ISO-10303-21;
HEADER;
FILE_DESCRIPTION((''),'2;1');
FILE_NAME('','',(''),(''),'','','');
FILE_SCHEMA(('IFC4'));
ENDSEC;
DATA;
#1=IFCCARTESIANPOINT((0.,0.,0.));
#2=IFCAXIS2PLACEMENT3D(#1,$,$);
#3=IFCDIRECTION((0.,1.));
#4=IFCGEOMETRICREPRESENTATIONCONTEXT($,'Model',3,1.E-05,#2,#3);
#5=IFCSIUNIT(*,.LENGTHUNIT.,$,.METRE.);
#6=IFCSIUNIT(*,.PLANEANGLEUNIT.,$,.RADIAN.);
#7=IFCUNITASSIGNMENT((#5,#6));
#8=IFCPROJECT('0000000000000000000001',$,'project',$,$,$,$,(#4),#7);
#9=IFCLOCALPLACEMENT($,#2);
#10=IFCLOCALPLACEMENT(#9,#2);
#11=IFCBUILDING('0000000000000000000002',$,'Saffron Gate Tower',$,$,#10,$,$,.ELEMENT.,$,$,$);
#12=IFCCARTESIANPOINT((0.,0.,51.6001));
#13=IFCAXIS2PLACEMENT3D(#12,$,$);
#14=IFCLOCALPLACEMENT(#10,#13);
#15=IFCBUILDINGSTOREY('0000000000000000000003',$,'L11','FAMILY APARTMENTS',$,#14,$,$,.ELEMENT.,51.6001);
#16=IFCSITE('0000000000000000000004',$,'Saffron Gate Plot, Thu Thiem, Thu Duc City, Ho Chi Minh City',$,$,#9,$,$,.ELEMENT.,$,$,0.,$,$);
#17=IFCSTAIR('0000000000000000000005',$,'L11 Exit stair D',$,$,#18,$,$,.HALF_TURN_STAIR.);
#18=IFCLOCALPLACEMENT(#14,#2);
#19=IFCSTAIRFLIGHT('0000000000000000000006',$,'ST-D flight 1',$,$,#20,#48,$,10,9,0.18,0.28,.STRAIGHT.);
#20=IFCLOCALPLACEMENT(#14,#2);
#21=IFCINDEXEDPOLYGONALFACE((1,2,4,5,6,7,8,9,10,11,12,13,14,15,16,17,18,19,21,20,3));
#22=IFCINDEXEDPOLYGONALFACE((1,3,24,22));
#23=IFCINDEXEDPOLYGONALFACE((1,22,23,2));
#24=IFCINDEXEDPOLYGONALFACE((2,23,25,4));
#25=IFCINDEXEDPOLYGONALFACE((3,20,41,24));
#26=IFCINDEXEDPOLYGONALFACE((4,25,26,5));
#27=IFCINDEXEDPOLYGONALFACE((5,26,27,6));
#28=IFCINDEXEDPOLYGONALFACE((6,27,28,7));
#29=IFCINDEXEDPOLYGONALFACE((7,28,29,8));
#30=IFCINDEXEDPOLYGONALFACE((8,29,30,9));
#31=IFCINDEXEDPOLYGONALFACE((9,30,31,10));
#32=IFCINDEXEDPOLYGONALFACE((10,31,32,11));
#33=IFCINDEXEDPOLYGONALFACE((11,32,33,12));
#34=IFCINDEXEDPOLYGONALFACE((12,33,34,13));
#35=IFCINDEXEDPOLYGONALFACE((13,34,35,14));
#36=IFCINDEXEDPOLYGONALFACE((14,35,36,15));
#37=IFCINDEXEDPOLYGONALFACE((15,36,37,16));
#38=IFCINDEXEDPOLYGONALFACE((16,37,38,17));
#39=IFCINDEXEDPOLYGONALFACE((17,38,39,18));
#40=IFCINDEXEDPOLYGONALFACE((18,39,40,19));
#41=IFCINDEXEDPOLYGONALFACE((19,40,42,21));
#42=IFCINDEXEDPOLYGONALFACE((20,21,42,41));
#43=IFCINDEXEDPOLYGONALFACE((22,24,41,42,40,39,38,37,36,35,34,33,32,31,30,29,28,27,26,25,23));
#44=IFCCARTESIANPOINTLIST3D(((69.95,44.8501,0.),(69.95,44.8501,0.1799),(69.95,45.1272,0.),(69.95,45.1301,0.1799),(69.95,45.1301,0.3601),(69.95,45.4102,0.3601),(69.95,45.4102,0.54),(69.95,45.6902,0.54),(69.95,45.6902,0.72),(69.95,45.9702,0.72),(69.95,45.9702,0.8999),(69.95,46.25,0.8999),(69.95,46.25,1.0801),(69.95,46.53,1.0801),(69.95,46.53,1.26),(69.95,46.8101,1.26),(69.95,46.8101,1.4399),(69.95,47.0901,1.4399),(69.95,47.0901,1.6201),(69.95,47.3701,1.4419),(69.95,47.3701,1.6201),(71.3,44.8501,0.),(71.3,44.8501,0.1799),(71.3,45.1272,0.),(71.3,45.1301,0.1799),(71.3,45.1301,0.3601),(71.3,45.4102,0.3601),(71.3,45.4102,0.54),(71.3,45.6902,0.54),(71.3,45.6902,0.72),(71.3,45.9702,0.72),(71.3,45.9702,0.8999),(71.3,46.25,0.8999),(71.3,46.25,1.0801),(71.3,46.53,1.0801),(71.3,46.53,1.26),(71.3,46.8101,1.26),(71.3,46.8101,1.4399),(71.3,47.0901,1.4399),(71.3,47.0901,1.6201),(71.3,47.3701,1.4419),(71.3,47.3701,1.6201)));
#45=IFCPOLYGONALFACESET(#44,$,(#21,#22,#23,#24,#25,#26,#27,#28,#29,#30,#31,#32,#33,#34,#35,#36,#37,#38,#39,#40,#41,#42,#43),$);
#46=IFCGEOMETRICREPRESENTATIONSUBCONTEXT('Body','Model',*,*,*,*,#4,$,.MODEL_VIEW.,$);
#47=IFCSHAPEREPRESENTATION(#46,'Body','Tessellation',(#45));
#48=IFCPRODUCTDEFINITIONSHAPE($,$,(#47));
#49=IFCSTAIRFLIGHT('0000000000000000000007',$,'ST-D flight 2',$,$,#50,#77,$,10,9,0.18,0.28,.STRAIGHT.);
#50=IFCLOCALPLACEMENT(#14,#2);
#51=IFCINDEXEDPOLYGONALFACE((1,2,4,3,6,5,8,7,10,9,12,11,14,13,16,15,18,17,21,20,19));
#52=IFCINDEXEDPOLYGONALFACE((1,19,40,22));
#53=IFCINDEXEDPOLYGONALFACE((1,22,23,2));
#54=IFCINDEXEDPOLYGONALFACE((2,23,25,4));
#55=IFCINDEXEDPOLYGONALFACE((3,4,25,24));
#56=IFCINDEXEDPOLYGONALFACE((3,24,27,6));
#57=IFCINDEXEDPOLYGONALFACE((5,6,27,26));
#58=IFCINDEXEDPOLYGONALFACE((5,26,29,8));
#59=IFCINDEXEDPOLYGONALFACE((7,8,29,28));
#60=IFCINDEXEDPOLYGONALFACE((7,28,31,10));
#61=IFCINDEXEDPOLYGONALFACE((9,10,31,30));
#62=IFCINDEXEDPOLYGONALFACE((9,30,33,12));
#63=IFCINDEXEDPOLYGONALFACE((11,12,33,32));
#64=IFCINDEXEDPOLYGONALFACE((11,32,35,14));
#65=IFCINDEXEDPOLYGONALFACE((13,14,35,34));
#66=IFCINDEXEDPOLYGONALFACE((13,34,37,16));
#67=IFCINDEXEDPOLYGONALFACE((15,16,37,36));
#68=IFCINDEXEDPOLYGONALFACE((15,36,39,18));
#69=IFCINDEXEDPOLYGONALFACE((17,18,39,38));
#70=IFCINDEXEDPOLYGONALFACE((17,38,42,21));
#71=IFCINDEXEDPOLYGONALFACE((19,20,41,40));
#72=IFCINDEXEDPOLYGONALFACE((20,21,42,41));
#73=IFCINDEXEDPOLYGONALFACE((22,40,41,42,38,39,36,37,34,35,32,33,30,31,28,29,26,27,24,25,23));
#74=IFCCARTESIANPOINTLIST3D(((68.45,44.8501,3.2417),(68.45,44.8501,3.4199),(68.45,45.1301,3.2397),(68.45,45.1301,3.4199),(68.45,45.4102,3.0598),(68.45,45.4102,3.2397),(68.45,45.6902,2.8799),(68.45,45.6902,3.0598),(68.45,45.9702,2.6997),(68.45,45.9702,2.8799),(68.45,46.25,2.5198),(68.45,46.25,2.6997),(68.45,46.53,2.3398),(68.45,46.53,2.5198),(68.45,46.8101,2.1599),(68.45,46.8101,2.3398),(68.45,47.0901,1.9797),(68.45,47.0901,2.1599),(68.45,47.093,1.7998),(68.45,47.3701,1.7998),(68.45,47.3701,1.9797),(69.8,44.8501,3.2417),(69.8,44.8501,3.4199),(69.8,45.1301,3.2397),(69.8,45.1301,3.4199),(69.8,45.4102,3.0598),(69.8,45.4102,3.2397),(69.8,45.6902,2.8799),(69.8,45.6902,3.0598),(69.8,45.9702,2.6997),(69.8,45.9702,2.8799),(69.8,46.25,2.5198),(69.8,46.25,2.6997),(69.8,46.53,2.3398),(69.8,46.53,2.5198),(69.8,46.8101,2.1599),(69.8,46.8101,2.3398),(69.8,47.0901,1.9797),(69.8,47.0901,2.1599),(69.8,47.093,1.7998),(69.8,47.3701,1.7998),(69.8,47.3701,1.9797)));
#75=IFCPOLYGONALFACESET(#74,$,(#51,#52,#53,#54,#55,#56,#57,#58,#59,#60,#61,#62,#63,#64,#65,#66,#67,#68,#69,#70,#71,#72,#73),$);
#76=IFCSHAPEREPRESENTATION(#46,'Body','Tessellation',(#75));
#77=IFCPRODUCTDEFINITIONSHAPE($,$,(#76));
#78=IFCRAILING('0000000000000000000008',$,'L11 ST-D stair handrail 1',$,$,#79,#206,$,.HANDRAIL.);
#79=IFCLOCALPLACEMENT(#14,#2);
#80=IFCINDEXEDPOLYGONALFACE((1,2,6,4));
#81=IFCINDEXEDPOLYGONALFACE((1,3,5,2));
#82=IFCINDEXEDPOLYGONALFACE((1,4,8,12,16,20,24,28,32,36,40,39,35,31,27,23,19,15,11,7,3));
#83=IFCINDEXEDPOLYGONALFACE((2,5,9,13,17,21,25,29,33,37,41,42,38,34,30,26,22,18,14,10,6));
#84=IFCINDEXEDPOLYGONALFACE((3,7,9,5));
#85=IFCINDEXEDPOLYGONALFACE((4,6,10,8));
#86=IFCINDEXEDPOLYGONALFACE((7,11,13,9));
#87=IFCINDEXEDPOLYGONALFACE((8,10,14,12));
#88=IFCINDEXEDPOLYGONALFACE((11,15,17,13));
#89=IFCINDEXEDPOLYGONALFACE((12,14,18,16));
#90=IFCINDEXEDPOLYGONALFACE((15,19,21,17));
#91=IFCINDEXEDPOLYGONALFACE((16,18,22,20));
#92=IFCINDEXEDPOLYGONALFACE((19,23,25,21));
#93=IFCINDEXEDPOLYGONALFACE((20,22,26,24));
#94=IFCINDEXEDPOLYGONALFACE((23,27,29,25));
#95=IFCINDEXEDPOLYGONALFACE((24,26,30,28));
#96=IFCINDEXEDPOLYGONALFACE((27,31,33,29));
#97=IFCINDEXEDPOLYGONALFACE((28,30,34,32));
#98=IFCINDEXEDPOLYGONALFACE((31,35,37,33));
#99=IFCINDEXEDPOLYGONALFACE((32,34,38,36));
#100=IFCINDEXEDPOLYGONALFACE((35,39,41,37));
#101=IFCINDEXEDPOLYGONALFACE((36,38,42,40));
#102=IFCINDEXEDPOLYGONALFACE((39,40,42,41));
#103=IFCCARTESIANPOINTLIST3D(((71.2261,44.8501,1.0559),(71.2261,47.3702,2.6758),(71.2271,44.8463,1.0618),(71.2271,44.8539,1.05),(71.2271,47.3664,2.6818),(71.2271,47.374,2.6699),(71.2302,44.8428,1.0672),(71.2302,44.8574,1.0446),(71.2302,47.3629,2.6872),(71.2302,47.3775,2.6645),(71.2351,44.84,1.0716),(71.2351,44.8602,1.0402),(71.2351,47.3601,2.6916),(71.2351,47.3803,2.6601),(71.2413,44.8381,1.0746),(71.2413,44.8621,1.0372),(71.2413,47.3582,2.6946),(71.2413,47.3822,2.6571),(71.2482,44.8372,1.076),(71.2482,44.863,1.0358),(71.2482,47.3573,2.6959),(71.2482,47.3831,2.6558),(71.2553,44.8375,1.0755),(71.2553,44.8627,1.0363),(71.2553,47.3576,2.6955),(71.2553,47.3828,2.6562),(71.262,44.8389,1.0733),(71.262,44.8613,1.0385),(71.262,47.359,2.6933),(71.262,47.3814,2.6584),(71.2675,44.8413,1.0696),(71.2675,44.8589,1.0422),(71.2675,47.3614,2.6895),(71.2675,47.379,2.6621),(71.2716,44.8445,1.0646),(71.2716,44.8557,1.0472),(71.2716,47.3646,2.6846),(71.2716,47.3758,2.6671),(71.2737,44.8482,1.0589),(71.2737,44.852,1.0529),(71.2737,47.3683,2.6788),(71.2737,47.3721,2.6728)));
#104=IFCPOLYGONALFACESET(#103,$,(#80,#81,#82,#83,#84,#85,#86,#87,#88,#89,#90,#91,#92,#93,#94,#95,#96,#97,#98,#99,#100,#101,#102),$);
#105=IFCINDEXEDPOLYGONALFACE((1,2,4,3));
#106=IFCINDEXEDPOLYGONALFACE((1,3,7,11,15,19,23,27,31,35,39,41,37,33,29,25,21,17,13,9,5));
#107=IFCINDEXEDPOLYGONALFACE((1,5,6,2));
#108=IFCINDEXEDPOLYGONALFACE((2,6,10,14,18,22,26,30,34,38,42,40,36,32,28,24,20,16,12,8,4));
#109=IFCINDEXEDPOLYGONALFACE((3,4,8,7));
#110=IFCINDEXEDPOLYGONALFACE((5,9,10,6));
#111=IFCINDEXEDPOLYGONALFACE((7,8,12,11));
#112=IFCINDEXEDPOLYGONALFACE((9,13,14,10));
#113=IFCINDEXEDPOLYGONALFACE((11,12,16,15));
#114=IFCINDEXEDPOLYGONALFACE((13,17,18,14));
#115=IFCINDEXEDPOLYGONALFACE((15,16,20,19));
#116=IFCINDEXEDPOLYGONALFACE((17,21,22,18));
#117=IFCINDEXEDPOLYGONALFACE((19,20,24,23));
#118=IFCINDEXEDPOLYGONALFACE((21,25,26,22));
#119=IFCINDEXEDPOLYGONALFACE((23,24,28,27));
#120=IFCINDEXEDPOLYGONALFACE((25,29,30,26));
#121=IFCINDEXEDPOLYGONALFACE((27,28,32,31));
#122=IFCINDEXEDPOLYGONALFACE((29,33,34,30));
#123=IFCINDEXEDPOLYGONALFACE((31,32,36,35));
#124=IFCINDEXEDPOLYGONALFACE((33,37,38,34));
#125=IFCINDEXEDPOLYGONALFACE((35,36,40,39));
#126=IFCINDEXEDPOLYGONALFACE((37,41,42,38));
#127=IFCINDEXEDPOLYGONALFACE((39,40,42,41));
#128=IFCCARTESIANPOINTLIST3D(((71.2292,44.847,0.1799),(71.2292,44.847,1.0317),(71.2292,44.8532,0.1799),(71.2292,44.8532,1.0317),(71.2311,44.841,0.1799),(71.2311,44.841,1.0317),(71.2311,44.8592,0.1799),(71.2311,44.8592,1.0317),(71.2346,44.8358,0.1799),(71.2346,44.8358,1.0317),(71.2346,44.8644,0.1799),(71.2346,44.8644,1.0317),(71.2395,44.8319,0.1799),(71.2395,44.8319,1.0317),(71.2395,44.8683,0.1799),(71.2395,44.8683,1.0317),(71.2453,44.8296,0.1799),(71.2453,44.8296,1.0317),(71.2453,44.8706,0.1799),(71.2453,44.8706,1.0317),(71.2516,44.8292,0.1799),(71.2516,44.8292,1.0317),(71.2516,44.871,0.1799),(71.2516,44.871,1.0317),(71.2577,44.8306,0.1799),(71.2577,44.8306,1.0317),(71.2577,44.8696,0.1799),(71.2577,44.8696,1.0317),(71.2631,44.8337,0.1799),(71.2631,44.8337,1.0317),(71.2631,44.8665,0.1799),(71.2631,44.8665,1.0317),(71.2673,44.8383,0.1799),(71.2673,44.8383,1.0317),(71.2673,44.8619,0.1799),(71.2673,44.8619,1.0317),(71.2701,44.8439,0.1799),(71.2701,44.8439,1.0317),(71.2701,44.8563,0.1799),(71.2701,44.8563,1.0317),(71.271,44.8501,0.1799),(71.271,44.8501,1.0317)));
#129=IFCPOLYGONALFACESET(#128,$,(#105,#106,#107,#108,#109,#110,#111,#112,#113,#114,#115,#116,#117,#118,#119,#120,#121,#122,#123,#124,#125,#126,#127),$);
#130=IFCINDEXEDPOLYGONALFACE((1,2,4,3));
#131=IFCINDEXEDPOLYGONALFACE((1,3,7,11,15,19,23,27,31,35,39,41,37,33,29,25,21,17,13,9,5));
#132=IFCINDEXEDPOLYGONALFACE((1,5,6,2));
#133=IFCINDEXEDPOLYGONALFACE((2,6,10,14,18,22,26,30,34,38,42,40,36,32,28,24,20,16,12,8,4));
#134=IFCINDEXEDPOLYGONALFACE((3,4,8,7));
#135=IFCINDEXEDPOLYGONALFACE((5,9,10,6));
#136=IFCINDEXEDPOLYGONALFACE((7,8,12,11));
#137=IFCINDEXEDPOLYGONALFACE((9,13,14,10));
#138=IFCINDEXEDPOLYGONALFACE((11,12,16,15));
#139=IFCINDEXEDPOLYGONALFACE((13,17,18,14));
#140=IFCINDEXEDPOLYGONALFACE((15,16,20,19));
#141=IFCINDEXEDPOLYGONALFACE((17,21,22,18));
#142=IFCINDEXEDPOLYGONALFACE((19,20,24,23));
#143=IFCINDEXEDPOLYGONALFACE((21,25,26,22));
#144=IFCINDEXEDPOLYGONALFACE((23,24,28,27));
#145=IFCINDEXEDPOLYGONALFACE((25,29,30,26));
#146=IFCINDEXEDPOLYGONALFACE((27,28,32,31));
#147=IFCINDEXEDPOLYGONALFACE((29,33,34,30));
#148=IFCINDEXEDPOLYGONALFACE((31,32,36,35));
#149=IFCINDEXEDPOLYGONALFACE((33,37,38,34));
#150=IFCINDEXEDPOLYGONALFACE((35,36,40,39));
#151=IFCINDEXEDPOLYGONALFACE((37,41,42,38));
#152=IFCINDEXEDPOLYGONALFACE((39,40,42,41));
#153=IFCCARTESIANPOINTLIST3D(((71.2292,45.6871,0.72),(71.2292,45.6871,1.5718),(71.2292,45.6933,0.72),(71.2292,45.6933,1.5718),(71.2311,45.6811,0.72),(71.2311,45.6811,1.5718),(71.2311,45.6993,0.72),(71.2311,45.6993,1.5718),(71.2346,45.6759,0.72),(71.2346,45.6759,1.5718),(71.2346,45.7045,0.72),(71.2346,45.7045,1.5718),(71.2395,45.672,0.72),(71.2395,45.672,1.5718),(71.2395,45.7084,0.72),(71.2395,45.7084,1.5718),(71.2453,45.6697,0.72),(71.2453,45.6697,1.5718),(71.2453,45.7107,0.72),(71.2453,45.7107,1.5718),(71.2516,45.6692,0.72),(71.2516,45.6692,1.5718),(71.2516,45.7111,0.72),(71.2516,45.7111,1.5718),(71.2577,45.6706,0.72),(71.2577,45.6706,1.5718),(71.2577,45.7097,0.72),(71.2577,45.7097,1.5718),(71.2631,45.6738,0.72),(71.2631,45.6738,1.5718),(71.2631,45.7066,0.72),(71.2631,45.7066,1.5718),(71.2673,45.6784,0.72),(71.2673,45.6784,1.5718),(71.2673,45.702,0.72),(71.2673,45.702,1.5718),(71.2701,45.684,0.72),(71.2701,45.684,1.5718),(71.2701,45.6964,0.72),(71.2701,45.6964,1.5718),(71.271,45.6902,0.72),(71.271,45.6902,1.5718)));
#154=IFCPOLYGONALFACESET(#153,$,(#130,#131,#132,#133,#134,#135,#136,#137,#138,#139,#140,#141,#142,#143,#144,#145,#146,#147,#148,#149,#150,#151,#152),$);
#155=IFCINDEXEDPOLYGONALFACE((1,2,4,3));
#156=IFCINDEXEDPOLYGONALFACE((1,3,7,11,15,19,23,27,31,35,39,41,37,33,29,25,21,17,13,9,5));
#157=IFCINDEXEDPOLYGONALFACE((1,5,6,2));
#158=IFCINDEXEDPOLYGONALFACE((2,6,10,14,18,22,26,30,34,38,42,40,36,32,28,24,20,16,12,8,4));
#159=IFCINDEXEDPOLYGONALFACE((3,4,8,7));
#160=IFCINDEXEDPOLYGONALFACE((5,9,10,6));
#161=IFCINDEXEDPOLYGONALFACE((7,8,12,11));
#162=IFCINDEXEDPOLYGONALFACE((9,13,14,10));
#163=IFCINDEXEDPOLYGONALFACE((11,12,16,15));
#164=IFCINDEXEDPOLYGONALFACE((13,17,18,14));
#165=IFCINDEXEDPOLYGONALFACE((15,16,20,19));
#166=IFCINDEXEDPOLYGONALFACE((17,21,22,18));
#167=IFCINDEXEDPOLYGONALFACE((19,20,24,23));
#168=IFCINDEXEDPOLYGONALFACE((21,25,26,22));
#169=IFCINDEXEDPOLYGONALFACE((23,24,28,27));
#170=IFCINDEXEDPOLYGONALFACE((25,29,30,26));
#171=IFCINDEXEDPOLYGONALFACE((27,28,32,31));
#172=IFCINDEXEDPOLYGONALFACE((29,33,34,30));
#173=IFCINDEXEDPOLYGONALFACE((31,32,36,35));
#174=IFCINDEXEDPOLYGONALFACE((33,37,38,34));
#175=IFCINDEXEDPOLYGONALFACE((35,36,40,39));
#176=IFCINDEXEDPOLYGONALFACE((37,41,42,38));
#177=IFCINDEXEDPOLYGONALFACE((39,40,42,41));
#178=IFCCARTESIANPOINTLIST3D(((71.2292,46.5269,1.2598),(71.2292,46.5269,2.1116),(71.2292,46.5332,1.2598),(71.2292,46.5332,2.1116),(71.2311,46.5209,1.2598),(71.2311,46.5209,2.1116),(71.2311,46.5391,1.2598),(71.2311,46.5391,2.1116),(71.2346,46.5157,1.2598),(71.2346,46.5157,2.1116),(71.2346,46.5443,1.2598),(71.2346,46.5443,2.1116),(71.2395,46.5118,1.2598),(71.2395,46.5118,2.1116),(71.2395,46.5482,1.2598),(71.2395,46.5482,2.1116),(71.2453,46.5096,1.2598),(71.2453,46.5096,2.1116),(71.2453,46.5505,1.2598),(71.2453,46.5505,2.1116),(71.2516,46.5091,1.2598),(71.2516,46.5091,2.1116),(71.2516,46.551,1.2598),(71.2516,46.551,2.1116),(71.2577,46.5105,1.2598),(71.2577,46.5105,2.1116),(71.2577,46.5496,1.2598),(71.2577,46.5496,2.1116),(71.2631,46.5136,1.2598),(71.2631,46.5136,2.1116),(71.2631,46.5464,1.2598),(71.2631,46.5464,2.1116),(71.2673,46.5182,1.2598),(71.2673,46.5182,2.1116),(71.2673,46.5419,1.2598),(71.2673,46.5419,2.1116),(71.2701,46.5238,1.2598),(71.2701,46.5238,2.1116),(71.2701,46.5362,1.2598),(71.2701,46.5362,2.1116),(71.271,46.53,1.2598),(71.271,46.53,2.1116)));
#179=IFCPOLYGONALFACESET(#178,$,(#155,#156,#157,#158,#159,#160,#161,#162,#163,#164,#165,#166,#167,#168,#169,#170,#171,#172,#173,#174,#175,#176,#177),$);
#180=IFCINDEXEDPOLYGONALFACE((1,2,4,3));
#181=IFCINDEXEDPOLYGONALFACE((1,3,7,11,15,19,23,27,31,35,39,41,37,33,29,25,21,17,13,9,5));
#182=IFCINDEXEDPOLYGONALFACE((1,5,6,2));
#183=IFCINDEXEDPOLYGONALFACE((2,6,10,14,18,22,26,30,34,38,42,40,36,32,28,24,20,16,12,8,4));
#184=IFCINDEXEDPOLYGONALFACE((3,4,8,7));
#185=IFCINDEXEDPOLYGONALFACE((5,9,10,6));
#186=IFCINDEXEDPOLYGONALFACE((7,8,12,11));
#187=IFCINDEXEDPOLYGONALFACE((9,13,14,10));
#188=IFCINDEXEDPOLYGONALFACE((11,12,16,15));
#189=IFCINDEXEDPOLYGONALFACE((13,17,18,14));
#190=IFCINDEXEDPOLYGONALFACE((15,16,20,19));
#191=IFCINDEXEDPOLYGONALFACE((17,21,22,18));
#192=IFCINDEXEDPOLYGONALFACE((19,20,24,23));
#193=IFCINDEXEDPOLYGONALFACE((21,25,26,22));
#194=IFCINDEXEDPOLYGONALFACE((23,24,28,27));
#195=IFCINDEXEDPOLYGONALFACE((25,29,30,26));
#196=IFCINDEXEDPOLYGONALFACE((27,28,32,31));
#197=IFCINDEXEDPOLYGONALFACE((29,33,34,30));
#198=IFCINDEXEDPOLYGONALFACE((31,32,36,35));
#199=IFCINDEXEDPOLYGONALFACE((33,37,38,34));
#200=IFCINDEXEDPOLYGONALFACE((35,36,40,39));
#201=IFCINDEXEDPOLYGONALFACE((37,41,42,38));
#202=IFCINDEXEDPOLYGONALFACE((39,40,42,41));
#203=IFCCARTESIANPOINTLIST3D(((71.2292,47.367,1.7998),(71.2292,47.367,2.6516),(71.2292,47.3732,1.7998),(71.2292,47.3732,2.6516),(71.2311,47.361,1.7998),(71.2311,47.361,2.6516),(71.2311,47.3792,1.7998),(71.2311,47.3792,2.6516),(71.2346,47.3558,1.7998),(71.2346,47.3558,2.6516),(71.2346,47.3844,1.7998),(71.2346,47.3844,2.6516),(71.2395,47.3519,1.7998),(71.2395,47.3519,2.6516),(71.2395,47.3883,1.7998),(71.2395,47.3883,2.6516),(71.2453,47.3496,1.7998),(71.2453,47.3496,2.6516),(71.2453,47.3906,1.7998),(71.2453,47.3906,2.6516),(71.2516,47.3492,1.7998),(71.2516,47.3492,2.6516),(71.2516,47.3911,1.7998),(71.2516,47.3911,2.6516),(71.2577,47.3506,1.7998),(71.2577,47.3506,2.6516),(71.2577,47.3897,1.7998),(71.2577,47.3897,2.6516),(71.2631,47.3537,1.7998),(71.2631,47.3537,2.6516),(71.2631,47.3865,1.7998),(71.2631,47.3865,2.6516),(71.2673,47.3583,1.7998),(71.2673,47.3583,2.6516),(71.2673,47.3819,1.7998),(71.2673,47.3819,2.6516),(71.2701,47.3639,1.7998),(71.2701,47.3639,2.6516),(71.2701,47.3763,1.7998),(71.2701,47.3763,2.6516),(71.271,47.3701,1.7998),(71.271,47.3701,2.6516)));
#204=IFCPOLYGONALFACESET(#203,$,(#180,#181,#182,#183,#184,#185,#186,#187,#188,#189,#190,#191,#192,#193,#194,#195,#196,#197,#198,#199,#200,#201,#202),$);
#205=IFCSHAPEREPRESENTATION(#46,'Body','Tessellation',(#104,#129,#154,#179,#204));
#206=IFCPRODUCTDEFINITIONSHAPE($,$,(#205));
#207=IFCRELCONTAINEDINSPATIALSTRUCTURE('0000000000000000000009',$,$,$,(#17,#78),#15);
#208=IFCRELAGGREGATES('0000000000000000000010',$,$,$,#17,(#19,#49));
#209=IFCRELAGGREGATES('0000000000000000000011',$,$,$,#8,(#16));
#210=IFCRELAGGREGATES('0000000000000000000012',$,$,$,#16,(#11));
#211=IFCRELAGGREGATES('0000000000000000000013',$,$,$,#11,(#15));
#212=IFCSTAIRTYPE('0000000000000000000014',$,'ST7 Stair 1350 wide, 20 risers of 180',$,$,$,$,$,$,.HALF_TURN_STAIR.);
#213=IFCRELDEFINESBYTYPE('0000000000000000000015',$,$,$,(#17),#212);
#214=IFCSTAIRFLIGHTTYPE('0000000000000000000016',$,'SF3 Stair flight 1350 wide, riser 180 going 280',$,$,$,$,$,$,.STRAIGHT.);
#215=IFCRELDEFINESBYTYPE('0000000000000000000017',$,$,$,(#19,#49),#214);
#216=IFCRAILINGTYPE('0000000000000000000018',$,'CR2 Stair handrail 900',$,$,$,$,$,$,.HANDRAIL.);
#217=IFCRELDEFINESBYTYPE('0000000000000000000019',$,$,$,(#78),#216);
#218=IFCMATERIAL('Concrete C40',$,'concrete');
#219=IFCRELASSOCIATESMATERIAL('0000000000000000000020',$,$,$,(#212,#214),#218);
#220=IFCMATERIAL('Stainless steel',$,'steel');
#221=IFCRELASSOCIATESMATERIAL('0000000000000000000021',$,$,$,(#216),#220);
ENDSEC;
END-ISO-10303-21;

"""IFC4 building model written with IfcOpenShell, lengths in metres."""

from ifc_helpers import new_model, si_unit, direction, frame, origin, origin_2d, place, context, subcontext, project, spatial, polyline, circle, outline, extrude, material, type_object, element, aggregate, save


model = new_model("IFC4")

# Units and contexts
model_context = context("Model", 3, precision=1e-05, world=origin(), true_north=direction((0.0, 1.0)))
body_context = subcontext(model_context, "Body", "Model", "MODEL_VIEW")
ifc_project = project(units=[si_unit("LENGTHUNIT", "METRE"), si_unit("PLANEANGLEUNIT", "RADIAN")], contexts=[model_context])

# Site, building, storey
site_placement = place(None, origin())
site = spatial("IfcSite", under=ifc_project, at=site_placement, Name="Saffron Gate Plot, Thu Thiem, Thu Duc City, Ho Chi Minh City", CompositionType="ELEMENT", RefElevation=0.0)
building_placement = place(site_placement, origin())
building = spatial("IfcBuilding", under=site, at=building_placement, Name="Saffron Gate Tower", CompositionType="ELEMENT")
storey_placement = place(building_placement, frame((0.0, 0.0, 51.6001)))
storey = spatial("IfcBuildingStorey", under=building, at=storey_placement, Name="L11", Description="FAMILY APARTMENTS", CompositionType="ELEMENT", Elevation=51.6001)

# Stair, stair flights
ifc_material_1 = material(Name="Concrete C40", Category="concrete")
stair_type = type_object("IfcStairType", Name="ST7 Stair 1350 wide, 20 risers of 180", PredefinedType="HALF_TURN_STAIR", material=ifc_material_1)
stair_placement = place(storey_placement, origin())
stair = element("IfcStair", 1, at=stair_placement, inside=storey, type_object=stair_type, Name="L11 Exit stair D", PredefinedType="HALF_TURN_STAIR")
stair_flight_type = type_object("IfcStairFlightType", Name="SF3 Stair flight 1350 wide, riser 180 going 280", PredefinedType="STRAIGHT", material=ifc_material_1)
stair_flight_1_placement = place(storey_placement, frame((70.625, 44.8501, 0.0), z_axis=(0.0, 0.0, 1.0), x_axis=(0.0, 1.0, 0.0)))
stair_flight_1 = element("IfcStairFlight", 2, at=stair_flight_1_placement, type_object=stair_flight_type, Name="ST-D flight 1", NumberOfRisers=10, NumberOfTreads=9, PredefinedType="STRAIGHT", RiserHeight=0.18, TreadLength=0.28, context=body_context, shape_type="SweptSolid", body=[
    extrude(outline(polyline([(0.0, 0.0), (0.0, 0.1799), (0.28, 0.1799), (0.28, 0.3601), (0.5601, 0.3601), (0.5601, 0.54), (0.8401, 0.54), (0.8401, 0.72), (1.1201, 0.72), (1.1201, 0.8999), (1.3999, 0.8999), (1.3999, 1.0801), (1.6799, 1.0801), (1.6799, 1.26), (1.96, 1.26), (1.96, 1.4399), (2.24, 1.4399), (2.24, 1.6201), (2.52, 1.6201), (2.52, 1.8), (2.52, 1.4419), (0.2771, 0.0), (0.0, 0.0)])), frame((0.0, 0.675, 0.0), z_axis=(0.0, -1.0, 0.0), x_axis=(1.0, 0.0, 0.0)), (0.0, 0.0, 1.0), 1.3501),
])
stair_flight_2_placement = place(storey_placement, frame((69.125, 47.3701, 1.7998), z_axis=(0.0, 0.0, 1.0), x_axis=(0.0, -1.0, 0.0)))
stair_flight_2 = element("IfcStairFlight", 3, at=stair_flight_2_placement, type_object=stair_flight_type, Name="ST-D flight 2", NumberOfRisers=10, NumberOfTreads=9, PredefinedType="STRAIGHT", RiserHeight=0.18, TreadLength=0.28, context=body_context, shape_type="SweptSolid", body=[
    extrude(outline(polyline([(0.0, 0.0), (0.0, 0.1799), (0.28, 0.1799), (0.28, 0.3601), (0.5601, 0.3601), (0.5601, 0.54), (0.8401, 0.54), (0.8401, 0.72), (1.1201, 0.72), (1.1201, 0.8999), (1.3999, 0.8999), (1.3999, 1.0801), (1.6799, 1.0801), (1.6799, 1.26), (1.96, 1.26), (1.96, 1.4399), (2.24, 1.4399), (2.24, 1.6201), (2.52, 1.6201), (2.52, 1.8), (2.52, 1.4419), (0.2771, 0.0), (0.0, 0.0)])), frame((0.0, 0.675, 0.0), z_axis=(0.0, -1.0, 0.0), x_axis=(1.0, 0.0, 0.0)), (0.0, 0.0, 1.0), 1.3501),
])
aggregate(stair, [stair_flight_1, stair_flight_2])

# Railing
ifc_material_2 = material(Name="Stainless steel", Category="steel")
railing_type_1 = type_object("IfcRailingType", Name="CR2 Stair handrail 900", PredefinedType="HANDRAIL", material=ifc_material_2)
railing_1_placement = place(storey_placement, frame((71.25, 44.8501, 0.1799)))
element("IfcRailing", 4, at=railing_1_placement, inside=storey, type_object=railing_type_1, Name="L11 ST-D stair handrail 1", PredefinedType="HANDRAIL", context=body_context, shape_type="SweptSolid", body=[
    extrude(circle(Radius=0.0239, at=origin_2d()), frame((0.0, 0.0, 0.876), z_axis=(0.0, 0.8412, 0.540725), x_axis=(-1.0, 0.0, 0.0)), (0.0, 0.0, 1.0), 2.9958),
    extrude(circle(Radius=0.021, at=origin_2d()), origin(), (0.0, 0.0, 1.0), 0.8518),
    extrude(circle(Radius=0.021, at=origin_2d()), frame((0.0, 0.8401, 0.54)), (0.0, 0.0, 1.0), 0.8518),
    extrude(circle(Radius=0.021, at=origin_2d()), frame((0.0, 1.6799, 1.0798)), (0.0, 0.0, 1.0), 0.8518),
    extrude(circle(Radius=0.021, at=origin_2d()), frame((0.0, 2.52, 1.6199)), (0.0, 0.0, 1.0), 0.8518),
])

save(model, "model.ifc")
